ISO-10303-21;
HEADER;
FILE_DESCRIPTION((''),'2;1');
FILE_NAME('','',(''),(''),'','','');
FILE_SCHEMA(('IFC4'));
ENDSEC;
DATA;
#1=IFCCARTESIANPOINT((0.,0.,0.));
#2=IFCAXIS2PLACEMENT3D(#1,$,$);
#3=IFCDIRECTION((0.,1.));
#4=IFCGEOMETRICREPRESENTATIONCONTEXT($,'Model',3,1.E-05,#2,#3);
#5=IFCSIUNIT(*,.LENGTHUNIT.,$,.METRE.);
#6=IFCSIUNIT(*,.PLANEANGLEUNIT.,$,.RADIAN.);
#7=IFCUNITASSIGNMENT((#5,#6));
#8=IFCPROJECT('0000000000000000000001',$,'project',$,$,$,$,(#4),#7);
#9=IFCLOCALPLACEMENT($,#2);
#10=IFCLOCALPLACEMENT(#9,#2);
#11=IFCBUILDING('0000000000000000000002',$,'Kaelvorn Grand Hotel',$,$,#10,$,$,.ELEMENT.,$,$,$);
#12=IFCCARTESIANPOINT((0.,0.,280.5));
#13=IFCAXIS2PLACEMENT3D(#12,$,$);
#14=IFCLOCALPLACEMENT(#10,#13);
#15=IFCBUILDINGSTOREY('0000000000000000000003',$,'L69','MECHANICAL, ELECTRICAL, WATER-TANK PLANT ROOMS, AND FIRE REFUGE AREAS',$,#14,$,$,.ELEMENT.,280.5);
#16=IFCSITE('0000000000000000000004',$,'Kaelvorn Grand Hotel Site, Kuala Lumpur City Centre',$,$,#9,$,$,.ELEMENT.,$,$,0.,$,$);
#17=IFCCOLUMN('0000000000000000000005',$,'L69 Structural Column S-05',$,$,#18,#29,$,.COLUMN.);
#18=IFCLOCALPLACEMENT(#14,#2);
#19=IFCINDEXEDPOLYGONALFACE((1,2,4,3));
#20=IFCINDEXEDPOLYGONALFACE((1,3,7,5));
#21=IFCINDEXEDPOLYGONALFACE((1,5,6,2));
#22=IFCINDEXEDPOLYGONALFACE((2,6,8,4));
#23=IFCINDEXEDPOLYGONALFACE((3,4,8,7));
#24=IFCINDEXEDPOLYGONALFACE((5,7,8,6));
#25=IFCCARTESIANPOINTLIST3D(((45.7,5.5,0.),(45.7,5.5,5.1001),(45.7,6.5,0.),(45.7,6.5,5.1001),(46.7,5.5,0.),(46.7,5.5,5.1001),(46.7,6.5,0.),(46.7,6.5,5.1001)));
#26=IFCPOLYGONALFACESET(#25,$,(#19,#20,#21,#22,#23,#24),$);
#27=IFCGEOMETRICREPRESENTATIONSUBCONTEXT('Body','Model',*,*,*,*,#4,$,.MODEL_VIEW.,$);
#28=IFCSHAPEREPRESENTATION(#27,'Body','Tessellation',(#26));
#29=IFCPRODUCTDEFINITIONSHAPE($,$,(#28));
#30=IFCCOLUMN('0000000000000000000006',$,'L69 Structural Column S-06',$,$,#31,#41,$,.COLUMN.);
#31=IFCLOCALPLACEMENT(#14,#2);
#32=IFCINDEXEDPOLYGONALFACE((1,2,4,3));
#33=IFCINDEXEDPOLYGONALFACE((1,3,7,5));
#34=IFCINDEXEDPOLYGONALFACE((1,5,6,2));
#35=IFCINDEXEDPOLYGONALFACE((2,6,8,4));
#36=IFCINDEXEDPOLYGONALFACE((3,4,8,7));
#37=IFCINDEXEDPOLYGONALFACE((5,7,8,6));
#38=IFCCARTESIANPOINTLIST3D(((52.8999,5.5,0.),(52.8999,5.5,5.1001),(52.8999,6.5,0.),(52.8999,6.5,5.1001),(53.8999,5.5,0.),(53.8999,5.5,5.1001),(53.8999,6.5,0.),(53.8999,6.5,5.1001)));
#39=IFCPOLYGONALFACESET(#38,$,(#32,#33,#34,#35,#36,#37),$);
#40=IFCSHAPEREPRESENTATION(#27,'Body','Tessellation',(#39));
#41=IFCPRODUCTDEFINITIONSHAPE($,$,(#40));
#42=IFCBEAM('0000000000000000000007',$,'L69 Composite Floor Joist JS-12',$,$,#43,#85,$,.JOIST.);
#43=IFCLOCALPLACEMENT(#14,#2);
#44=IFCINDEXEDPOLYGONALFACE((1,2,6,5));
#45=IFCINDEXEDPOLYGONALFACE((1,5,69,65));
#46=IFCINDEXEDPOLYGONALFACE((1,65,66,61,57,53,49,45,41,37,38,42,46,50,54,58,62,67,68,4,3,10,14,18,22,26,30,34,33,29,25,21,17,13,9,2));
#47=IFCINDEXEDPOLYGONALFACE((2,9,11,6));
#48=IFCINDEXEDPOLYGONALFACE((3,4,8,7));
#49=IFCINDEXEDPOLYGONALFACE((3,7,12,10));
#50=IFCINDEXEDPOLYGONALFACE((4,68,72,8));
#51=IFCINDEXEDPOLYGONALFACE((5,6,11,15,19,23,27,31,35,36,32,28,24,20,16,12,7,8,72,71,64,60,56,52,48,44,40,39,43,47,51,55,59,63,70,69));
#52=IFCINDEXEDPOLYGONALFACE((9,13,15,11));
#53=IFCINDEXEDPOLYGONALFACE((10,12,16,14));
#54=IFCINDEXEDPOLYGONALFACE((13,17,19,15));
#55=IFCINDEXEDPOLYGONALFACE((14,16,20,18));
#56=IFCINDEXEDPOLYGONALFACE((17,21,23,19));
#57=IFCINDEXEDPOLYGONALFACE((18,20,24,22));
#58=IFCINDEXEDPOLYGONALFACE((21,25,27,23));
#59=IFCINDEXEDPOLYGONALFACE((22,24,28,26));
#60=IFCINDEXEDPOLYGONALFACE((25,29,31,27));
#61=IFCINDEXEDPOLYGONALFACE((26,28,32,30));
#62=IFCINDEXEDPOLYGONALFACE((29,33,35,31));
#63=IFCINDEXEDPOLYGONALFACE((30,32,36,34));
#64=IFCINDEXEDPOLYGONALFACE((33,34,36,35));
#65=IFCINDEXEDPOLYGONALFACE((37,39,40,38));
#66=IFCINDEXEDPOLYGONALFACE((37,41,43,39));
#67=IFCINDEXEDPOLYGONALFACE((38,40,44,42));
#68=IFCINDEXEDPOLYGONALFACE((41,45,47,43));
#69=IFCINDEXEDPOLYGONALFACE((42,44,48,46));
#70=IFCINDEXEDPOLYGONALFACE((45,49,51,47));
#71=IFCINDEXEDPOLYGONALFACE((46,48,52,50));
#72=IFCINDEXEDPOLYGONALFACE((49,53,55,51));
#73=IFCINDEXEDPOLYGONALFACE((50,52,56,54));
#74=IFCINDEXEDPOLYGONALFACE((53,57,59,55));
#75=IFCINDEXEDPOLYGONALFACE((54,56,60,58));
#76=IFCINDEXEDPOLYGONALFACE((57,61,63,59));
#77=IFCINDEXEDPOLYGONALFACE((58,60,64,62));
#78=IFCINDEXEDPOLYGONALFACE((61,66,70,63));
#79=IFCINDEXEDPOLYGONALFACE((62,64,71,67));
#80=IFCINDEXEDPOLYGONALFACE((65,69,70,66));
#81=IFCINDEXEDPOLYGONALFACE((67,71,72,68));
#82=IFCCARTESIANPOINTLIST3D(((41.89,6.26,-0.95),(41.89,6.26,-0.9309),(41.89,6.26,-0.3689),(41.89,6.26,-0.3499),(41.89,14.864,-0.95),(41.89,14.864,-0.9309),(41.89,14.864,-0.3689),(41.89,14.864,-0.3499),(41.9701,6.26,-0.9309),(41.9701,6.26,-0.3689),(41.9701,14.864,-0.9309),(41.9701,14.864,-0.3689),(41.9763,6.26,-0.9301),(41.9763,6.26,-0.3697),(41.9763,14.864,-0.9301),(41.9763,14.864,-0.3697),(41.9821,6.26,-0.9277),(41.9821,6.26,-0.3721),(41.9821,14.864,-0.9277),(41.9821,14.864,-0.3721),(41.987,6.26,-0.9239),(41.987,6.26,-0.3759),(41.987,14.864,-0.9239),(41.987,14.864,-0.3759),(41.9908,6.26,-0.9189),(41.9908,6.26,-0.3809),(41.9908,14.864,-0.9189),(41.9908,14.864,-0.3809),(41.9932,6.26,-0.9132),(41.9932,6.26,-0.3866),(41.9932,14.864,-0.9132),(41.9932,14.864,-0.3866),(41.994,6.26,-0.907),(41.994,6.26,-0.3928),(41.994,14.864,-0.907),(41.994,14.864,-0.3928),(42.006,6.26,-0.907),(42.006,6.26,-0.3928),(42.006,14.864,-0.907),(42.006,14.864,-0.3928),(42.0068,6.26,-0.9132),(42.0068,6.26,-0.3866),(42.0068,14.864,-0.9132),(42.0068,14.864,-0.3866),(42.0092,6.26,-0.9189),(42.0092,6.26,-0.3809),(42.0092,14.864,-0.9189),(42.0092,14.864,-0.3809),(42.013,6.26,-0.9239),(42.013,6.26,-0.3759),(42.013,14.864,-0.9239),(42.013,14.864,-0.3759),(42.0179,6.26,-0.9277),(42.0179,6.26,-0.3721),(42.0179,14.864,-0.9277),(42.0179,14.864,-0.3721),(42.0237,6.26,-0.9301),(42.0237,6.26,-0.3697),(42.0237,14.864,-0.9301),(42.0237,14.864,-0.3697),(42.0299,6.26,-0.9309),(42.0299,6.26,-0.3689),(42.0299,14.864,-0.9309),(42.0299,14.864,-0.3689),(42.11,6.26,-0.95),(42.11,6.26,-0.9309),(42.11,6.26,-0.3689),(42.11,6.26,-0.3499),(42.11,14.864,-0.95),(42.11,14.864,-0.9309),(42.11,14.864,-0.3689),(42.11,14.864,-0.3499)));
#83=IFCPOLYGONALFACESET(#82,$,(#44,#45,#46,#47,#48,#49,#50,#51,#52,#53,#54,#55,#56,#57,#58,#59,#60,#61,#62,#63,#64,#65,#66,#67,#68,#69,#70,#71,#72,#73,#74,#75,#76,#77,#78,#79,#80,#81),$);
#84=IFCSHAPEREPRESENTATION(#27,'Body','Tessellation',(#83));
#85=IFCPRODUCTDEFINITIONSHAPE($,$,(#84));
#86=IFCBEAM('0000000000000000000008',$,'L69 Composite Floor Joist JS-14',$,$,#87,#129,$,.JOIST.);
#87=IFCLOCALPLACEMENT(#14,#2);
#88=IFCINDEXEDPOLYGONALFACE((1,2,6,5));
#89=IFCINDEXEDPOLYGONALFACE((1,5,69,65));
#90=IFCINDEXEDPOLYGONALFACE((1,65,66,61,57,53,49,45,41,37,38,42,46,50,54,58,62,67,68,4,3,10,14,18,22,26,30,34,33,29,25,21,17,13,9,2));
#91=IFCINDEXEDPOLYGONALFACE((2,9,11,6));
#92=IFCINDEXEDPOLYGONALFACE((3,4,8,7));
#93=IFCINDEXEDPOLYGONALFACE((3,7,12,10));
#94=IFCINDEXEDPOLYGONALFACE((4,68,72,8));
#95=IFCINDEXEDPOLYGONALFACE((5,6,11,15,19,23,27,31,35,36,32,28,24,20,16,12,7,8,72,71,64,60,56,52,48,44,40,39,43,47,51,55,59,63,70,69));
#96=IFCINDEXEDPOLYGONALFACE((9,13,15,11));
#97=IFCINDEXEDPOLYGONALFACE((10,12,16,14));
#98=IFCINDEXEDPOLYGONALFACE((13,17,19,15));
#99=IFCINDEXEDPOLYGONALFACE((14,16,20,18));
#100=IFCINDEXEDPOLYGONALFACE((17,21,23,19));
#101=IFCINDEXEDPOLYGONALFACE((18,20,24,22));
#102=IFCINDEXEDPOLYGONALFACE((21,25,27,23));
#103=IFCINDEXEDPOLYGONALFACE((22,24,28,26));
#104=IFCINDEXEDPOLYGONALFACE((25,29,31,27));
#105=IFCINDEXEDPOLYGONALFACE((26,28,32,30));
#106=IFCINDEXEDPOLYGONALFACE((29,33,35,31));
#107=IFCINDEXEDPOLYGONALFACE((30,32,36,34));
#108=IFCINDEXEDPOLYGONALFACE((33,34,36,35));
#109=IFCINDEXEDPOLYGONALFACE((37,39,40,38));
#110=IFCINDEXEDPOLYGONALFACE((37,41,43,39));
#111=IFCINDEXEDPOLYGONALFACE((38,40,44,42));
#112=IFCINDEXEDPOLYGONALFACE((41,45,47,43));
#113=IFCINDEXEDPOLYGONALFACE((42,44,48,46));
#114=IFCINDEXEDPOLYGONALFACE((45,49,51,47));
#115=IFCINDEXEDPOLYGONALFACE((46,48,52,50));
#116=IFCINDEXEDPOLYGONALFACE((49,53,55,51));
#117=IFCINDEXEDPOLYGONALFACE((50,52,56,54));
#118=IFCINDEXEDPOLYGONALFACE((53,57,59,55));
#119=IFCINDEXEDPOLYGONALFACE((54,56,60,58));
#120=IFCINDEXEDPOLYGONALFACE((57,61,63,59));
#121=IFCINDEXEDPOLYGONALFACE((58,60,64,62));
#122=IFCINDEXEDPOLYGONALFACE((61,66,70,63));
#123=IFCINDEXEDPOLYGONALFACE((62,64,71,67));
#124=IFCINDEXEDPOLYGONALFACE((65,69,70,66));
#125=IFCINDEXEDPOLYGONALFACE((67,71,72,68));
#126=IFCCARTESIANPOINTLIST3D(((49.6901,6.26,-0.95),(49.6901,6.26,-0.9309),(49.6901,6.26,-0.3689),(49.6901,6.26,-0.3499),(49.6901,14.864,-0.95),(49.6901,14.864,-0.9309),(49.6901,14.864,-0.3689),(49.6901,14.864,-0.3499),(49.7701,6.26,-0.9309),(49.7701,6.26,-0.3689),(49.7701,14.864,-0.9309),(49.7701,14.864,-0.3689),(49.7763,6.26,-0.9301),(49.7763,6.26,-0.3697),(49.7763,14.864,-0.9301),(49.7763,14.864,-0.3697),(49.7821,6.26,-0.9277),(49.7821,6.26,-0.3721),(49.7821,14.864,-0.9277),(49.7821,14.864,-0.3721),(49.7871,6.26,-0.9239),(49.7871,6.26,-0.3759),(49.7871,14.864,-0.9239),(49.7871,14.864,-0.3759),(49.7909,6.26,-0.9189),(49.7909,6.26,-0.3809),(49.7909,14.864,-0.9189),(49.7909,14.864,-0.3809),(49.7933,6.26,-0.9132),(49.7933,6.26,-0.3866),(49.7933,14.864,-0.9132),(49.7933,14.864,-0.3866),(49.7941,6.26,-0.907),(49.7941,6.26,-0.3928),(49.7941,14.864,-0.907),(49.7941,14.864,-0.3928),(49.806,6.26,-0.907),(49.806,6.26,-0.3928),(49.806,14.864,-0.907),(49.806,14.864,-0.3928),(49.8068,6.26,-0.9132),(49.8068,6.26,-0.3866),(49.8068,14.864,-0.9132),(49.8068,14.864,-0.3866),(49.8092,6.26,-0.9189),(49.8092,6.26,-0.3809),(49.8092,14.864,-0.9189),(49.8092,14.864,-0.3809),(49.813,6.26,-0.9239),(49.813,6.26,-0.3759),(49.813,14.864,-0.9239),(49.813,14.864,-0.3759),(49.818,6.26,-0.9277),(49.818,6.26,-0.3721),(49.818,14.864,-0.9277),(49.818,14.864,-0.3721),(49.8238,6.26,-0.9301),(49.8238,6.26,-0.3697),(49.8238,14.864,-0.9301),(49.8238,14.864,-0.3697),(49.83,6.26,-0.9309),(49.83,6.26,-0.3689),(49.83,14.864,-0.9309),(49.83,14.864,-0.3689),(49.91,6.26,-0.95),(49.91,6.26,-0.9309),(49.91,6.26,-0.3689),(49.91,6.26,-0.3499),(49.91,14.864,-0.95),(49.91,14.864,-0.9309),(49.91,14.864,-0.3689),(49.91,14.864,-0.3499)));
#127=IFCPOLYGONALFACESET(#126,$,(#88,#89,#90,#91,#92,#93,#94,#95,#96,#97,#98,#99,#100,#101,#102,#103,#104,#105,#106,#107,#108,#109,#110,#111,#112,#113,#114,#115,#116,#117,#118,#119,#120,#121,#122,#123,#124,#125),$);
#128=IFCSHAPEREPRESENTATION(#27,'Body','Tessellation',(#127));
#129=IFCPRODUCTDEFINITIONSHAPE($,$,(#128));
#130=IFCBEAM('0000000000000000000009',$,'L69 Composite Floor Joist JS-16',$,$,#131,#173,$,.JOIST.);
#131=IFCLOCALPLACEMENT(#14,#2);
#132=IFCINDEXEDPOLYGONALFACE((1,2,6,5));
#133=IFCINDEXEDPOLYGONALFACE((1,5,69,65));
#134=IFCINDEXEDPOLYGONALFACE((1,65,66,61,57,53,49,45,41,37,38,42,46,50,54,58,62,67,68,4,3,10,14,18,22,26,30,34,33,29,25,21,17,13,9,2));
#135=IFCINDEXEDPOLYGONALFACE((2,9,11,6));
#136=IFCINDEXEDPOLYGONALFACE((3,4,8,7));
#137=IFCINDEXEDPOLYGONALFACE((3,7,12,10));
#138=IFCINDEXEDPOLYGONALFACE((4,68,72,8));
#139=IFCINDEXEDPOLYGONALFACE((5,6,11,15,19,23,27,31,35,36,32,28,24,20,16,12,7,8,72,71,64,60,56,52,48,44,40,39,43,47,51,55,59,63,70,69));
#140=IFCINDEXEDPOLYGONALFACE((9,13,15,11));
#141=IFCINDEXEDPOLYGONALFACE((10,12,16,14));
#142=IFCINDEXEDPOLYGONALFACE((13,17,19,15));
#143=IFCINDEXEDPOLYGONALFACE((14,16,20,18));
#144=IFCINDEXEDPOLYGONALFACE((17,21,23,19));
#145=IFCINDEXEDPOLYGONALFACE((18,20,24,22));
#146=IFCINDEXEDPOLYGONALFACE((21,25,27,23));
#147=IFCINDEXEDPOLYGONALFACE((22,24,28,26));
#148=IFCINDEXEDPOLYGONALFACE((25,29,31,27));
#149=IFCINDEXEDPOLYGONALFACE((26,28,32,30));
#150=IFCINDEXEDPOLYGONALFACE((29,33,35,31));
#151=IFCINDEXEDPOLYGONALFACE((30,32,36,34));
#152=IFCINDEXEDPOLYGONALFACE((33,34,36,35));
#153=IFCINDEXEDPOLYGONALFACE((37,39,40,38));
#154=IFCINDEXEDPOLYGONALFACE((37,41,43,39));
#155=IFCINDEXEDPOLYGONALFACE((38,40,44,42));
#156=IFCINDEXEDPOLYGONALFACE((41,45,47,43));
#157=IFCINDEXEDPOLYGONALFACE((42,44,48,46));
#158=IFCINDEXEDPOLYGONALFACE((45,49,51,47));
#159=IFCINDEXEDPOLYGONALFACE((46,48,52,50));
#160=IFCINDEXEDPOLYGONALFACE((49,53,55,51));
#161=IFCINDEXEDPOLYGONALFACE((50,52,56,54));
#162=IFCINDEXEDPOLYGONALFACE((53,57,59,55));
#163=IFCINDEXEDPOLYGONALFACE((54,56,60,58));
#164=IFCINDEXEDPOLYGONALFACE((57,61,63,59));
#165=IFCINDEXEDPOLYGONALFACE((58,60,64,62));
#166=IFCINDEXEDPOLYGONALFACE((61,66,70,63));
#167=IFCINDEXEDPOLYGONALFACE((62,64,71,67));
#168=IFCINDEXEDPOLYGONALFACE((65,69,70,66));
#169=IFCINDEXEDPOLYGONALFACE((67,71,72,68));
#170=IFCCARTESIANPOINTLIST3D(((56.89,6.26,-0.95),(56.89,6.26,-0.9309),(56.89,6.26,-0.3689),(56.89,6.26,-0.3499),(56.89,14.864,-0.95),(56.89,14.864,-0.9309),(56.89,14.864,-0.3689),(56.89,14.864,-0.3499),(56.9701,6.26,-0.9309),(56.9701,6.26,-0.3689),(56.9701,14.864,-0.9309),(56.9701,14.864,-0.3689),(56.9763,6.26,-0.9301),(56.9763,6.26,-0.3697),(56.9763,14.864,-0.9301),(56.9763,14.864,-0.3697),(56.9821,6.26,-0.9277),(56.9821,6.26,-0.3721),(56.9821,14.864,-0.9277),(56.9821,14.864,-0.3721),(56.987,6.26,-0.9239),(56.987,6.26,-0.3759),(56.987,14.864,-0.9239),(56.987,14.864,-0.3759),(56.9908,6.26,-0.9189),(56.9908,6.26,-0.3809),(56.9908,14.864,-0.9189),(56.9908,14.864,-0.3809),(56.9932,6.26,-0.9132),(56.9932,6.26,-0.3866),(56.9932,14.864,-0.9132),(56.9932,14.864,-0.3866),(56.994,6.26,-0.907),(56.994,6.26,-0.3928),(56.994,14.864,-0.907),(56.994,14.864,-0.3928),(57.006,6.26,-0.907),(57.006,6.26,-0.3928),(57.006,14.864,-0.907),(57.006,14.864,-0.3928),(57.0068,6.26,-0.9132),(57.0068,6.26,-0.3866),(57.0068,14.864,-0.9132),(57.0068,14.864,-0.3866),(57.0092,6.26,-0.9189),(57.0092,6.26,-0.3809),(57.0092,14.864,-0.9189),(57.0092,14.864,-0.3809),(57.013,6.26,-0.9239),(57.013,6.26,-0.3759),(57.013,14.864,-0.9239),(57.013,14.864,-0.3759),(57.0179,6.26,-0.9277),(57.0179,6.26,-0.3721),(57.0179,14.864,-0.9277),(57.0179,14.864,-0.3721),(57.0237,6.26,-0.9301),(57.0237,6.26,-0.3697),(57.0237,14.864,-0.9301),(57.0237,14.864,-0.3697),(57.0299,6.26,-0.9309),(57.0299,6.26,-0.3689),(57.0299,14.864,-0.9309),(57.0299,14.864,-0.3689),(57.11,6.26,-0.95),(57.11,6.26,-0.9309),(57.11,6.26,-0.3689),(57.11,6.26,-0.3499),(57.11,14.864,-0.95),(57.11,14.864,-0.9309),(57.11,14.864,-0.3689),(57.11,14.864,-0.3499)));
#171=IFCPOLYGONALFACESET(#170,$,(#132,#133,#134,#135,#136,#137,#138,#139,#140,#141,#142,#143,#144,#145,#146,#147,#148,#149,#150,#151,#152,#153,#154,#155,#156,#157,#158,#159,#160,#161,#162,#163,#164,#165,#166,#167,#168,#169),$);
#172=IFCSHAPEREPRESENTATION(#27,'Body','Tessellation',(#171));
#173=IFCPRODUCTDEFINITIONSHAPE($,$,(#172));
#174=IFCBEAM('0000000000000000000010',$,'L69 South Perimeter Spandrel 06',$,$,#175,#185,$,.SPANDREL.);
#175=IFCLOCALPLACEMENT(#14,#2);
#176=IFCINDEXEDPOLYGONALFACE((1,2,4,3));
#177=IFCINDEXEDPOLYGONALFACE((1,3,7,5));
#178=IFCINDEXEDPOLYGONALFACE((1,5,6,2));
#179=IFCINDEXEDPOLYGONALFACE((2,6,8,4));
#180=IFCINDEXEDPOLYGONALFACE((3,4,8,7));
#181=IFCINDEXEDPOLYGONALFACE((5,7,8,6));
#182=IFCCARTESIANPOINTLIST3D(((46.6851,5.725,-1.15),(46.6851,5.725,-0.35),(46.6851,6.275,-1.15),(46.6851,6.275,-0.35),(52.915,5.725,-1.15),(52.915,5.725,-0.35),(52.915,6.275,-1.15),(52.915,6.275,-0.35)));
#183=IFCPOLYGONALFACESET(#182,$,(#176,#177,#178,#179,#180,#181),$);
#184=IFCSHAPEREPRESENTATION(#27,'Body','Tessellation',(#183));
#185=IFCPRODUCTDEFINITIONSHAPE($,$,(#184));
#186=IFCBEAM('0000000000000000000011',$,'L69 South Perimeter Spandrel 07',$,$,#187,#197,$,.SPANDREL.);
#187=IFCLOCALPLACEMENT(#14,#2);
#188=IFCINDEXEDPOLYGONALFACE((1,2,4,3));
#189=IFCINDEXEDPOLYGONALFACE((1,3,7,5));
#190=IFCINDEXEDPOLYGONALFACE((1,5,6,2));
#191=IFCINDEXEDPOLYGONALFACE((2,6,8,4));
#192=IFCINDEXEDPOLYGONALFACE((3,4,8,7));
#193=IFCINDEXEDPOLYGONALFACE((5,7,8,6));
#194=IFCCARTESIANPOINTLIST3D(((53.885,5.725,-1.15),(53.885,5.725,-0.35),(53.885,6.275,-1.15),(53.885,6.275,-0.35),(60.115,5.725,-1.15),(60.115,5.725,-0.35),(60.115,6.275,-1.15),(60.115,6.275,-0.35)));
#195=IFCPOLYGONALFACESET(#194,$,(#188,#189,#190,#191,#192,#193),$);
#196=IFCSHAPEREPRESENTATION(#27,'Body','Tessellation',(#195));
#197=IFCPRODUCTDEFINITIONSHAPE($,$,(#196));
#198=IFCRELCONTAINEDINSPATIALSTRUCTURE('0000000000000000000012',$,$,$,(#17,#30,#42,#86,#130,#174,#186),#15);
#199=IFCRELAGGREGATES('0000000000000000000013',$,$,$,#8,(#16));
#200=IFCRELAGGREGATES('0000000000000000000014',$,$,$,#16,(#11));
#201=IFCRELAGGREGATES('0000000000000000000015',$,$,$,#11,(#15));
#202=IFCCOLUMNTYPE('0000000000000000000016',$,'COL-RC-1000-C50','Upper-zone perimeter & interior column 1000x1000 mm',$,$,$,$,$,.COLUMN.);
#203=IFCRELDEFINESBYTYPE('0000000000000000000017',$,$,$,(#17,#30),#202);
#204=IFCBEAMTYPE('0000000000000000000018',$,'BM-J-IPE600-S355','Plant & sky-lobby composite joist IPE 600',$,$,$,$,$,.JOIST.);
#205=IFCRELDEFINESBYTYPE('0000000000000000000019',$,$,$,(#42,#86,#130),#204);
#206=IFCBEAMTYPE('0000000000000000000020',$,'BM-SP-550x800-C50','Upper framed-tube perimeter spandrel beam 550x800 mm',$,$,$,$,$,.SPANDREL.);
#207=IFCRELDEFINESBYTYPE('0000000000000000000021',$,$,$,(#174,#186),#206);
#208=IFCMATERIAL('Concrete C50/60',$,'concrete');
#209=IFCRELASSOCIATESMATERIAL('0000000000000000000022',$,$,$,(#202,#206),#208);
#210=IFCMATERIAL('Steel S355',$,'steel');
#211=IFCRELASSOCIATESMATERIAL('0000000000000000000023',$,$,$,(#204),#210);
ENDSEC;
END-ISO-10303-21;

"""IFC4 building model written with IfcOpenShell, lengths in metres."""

from ifc_helpers import new_model, si_unit, direction, frame, origin, origin_2d, place, context, subcontext, project, spatial, rectangle, i_section, extrude, material, material_profile, profile_set, type_object, element, save


model = new_model("IFC4")

# Units and contexts
model_context = context("Model", 3, precision=1e-05, world=origin(), true_north=direction((0.0, 1.0)))
body_context = subcontext(model_context, "Body", "Model", "MODEL_VIEW")
ifc_project = project(units=[si_unit("LENGTHUNIT", "METRE"), si_unit("PLANEANGLEUNIT", "RADIAN")], contexts=[model_context])

# Site, building, storey
site_placement = place(None, origin())
site = spatial("IfcSite", under=ifc_project, at=site_placement, Name="Kaelvorn Grand Hotel Site, Kuala Lumpur City Centre", CompositionType="ELEMENT", RefElevation=0.0)
building_placement = place(site_placement, origin())
building = spatial("IfcBuilding", under=site, at=building_placement, Name="Kaelvorn Grand Hotel", CompositionType="ELEMENT")
storey_placement = place(building_placement, frame((0.0, 0.0, 280.5)))
storey = spatial("IfcBuildingStorey", under=building, at=storey_placement, Name="L69", Description="MECHANICAL, ELECTRICAL, WATER-TANK PLANT ROOMS, AND FIRE REFUGE AREAS", CompositionType="ELEMENT", Elevation=280.5)

# Columns
ifc_material_1 = material(Name="Concrete C50/60", Category="concrete")
ifc_material_profile_1 = material_profile(ifc_material_1, rectangle(XDim=1.0, YDim=1.0, at=origin_2d()), Name="RC COL 1000x1000")
ifc_profile_set_1 = profile_set([ifc_material_profile_1], Name="Concrete C50/60")
column_type = type_object("IfcColumnType", Name="COL-RC-1000-C50", Description="Upper-zone perimeter & interior column 1000x1000 mm", PredefinedType="COLUMN", material=ifc_profile_set_1)
for number, where, z_axis, x_axis, name in (
    (1, (46.2, 6.0, 0.0), (0.0, 0.0, 1.0), (1.0, 0.0, 0.0), "L69 Structural Column S-05"),
    (2, (53.3999, 6.0, 0.0), (0.0, 0.0, 1.0), (1.0, 0.0, 0.0), "L69 Structural Column S-06"),
):
    element("IfcColumn", number, at=place(storey_placement, frame(where, z_axis=z_axis, x_axis=x_axis)), inside=storey, type_object=column_type, Name=name, PredefinedType="COLUMN", context=body_context, shape_type="SweptSolid", body=[
        extrude(rectangle(XDim=1.0, YDim=1.0, at=origin_2d()), origin(), (0.0, 0.0, 1.0), 5.1001),
    ])

# Beams
ifc_material_2 = material(Name="Steel S355", Category="steel")
ifc_material_profile_2 = material_profile(ifc_material_2, i_section(OverallWidth=0.22, OverallDepth=0.6001, WebThickness=0.012, FlangeThickness=0.019, FilletRadius=0.0239, at=origin_2d()), Name="IPE 600")
ifc_profile_set_2 = profile_set([ifc_material_profile_2], Name="Steel S355")
beam_type_1 = type_object("IfcBeamType", Name="BM-J-IPE600-S355", Description="Plant & sky-lobby composite joist IPE 600", PredefinedType="JOIST", material=ifc_profile_set_2)
for number, where, z_axis, x_axis, name in (
    (3, (42.0, 6.26, -0.6499), (0.0, 1.0, 0.0), (-1.0, 0.0, 0.0), "L69 Composite Floor Joist JS-12"),
    (4, (49.8, 6.26, -0.6499), (0.0, 1.0, 0.0), (-1.0, 0.0, 0.0), "L69 Composite Floor Joist JS-14"),
    (5, (57.0, 6.26, -0.6499), (0.0, 1.0, 0.0), (-1.0, 0.0, 0.0), "L69 Composite Floor Joist JS-16"),
):
    element("IfcBeam", number, at=place(storey_placement, frame(where, z_axis=z_axis, x_axis=x_axis)), inside=storey, type_object=beam_type_1, Name=name, PredefinedType="JOIST", context=body_context, shape_type="SweptSolid", body=[
        extrude(i_section(OverallWidth=0.22, OverallDepth=0.6001, WebThickness=0.012, FlangeThickness=0.019, FilletRadius=0.0239, at=origin_2d()), origin(), (0.0, 0.0, 1.0), 8.604),
    ])
ifc_material_profile_3 = material_profile(ifc_material_1, rectangle(XDim=0.55, YDim=0.8, at=origin_2d()), Name="RC SPANDREL 550x800")
ifc_profile_set_3 = profile_set([ifc_material_profile_3], Name="Concrete C50/60")
beam_type_2 = type_object("IfcBeamType", Name="BM-SP-550x800-C50", Description="Upper framed-tube perimeter spandrel beam 550x800 mm", PredefinedType="SPANDREL", material=ifc_profile_set_3)
for number, where, z_axis, x_axis, name in (
    (6, (46.6851, 6.0, -0.75), (1.0, 0.0, 0.0), (0.0, 1.0, 0.0), "L69 South Perimeter Spandrel 06"),
    (7, (53.885, 6.0, -0.75), (1.0, 0.0, 0.0), (0.0, 1.0, 0.0), "L69 South Perimeter Spandrel 07"),
):
    element("IfcBeam", number, at=place(storey_placement, frame(where, z_axis=z_axis, x_axis=x_axis)), inside=storey, type_object=beam_type_2, Name=name, PredefinedType="SPANDREL", context=body_context, shape_type="SweptSolid", body=[
        extrude(rectangle(XDim=0.55, YDim=0.8, at=origin_2d()), origin(), (0.0, 0.0, 1.0), 6.23),
    ])

save(model, "model.ifc")
